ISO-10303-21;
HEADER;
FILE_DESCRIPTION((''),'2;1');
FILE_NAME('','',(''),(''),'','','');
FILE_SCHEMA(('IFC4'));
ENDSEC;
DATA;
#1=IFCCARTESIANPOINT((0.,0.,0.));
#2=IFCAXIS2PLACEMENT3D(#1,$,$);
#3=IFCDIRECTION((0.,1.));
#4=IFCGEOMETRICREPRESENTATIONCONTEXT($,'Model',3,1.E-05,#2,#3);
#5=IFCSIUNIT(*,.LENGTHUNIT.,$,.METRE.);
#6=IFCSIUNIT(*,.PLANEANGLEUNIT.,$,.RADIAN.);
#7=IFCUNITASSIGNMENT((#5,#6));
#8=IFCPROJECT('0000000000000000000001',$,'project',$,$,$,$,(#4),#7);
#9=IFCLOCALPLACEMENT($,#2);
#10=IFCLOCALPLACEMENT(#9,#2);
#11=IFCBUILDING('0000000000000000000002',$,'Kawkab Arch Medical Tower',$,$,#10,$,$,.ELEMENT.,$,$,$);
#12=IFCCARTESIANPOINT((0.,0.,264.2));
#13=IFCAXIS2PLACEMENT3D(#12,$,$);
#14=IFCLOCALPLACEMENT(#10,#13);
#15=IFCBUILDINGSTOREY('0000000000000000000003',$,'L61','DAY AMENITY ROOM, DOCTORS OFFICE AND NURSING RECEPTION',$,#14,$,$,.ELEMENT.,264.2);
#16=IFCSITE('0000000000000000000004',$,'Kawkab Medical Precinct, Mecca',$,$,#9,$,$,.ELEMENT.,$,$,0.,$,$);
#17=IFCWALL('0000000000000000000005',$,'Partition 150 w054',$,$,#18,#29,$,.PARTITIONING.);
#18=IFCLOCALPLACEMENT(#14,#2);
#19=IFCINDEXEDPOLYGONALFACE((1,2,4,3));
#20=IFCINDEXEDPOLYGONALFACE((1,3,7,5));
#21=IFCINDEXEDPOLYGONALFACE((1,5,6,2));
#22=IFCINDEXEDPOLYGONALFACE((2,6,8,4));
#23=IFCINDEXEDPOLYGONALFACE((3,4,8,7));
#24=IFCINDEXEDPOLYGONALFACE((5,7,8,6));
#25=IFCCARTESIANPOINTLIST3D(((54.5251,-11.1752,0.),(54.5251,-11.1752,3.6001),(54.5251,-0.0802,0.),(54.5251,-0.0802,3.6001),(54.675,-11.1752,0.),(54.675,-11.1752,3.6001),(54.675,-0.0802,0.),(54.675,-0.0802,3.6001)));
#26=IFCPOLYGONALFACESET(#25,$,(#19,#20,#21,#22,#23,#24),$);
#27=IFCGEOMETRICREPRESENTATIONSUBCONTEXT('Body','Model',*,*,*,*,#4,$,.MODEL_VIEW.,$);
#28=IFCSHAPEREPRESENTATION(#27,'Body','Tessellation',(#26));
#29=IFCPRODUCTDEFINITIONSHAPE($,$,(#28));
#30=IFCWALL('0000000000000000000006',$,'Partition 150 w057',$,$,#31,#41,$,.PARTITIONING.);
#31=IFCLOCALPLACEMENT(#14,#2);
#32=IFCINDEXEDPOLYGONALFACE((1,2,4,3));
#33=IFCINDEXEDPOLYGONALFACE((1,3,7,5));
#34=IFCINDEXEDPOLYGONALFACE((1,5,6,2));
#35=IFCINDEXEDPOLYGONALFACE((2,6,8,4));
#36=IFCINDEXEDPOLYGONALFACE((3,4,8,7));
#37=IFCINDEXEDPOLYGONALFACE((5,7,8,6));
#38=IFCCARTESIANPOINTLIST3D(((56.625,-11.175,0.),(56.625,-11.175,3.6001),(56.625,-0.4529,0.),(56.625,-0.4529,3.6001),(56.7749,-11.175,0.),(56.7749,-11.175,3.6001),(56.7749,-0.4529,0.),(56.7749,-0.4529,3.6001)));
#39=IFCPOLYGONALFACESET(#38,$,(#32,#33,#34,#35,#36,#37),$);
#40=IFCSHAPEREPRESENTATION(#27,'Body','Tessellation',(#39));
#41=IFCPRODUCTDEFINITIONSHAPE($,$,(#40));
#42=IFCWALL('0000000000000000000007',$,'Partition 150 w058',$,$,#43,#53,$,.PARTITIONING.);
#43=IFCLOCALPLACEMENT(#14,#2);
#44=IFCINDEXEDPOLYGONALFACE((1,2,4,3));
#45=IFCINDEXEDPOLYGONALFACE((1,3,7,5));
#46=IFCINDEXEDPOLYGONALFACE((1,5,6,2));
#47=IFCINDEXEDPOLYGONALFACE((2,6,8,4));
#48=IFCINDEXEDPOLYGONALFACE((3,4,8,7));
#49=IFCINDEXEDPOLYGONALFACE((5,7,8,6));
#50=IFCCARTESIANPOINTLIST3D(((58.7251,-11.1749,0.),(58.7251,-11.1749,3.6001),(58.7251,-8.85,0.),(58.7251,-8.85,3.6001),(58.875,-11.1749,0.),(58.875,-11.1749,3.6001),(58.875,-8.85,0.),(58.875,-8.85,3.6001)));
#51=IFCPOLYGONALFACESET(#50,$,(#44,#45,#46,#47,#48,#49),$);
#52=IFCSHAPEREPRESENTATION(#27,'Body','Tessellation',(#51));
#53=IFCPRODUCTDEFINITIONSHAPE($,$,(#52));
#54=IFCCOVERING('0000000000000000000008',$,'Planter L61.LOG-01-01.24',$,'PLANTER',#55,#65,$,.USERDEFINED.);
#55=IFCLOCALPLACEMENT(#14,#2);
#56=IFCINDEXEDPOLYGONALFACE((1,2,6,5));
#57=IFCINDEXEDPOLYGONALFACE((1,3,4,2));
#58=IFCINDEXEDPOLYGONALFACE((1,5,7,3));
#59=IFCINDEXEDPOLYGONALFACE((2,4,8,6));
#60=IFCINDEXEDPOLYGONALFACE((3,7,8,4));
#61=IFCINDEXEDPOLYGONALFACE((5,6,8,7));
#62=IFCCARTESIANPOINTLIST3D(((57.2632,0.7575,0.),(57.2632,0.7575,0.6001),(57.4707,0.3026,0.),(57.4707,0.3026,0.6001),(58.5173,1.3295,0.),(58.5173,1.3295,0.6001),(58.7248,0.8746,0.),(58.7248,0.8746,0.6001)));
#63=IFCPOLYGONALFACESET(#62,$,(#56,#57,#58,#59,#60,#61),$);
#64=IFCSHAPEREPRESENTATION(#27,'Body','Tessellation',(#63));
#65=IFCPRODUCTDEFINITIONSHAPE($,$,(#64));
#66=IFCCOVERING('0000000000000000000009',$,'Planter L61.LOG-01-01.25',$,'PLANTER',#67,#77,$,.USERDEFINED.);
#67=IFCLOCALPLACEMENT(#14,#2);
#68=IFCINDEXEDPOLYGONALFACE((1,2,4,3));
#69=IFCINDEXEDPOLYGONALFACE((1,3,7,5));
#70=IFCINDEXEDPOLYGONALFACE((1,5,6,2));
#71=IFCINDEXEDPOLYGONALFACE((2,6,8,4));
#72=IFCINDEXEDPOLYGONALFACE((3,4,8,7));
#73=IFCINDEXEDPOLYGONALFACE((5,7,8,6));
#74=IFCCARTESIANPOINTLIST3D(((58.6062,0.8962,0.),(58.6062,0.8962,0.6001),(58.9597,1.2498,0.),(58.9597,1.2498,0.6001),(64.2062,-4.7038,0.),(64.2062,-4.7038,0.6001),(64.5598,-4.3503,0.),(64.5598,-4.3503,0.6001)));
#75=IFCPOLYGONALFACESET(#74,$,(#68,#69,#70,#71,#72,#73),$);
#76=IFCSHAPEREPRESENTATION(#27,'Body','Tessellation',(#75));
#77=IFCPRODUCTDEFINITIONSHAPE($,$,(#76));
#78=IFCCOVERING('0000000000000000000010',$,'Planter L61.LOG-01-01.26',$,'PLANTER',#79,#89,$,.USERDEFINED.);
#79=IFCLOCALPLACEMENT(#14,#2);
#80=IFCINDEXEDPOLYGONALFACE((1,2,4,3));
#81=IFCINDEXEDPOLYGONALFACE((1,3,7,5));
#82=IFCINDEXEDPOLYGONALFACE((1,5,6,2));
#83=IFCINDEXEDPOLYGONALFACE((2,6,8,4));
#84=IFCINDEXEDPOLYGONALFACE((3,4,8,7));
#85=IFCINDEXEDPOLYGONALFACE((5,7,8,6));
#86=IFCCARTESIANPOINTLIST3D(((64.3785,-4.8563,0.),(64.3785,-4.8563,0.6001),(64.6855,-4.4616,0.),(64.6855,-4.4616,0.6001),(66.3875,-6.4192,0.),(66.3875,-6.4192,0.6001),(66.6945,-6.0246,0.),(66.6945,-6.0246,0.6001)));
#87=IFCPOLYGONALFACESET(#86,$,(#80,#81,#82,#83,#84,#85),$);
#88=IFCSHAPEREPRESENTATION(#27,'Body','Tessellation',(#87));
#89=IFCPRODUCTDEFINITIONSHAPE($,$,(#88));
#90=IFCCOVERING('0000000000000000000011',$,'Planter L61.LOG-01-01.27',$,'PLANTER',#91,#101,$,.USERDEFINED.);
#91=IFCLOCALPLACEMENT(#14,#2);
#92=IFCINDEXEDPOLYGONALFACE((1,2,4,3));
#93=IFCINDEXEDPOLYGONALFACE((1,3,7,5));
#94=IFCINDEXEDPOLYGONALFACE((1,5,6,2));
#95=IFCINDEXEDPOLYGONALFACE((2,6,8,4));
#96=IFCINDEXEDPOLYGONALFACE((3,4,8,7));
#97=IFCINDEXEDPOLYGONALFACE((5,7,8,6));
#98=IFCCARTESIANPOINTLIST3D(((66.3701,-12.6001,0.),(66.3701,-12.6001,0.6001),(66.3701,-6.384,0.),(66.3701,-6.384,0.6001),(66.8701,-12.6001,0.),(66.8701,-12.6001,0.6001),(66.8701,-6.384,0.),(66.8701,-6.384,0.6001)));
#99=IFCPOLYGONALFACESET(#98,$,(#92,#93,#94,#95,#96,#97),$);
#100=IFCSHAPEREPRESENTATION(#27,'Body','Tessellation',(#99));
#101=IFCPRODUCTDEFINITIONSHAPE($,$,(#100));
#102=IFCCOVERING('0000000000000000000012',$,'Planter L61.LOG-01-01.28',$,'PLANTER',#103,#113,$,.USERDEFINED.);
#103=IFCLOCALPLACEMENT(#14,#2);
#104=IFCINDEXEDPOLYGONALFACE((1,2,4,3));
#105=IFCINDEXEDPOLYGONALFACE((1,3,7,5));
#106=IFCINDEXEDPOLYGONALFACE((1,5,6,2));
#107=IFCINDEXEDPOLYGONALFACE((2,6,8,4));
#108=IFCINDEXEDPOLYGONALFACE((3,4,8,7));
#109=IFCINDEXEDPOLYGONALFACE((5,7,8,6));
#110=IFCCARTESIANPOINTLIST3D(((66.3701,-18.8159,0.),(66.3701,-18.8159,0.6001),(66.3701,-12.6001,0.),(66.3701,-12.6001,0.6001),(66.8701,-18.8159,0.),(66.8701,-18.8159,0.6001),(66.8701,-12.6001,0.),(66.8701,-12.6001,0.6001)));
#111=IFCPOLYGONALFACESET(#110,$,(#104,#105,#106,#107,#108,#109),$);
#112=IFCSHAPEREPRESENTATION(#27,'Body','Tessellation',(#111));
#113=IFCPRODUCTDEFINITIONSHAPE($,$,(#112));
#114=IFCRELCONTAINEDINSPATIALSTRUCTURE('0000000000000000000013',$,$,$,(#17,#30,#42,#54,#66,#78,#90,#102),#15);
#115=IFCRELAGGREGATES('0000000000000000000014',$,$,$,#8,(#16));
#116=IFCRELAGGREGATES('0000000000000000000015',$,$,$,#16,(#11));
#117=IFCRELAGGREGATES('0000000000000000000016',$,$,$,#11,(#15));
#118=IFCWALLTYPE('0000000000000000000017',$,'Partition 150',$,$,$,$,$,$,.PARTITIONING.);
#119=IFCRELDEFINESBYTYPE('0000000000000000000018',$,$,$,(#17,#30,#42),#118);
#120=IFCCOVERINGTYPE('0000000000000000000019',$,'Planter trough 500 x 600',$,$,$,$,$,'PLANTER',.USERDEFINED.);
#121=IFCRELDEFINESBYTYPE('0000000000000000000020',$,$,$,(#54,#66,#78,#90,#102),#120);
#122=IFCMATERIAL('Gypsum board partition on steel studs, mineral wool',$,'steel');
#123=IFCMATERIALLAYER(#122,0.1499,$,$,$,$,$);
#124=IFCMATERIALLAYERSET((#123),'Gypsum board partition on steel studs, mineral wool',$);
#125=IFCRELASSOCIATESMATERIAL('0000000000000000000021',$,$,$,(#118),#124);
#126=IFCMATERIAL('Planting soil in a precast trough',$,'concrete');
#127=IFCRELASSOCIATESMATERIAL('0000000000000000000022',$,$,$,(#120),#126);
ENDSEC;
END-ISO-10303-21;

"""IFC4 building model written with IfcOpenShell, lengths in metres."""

from ifc_helpers import new_model, si_unit, direction, frame, frame_2d, origin, origin_2d, place, context, subcontext, project, spatial, rectangle, extrude, material, layer, layer_set, material_profile, profile_set, type_object, element, save


model = new_model("IFC4")

# Units and contexts
model_context = context("Model", 3, precision=1e-05, world=origin(), true_north=direction((0.0, 1.0)))
body_context = subcontext(model_context, "Body", "Model", "MODEL_VIEW")
ifc_project = project(units=[si_unit("LENGTHUNIT", "METRE"), si_unit("PLANEANGLEUNIT", "RADIAN")], contexts=[model_context])

# Site, building, storey
site_placement = place(None, origin())
site = spatial("IfcSite", under=ifc_project, at=site_placement, Name="Kawkab Medical Precinct, Mecca", CompositionType="ELEMENT", RefElevation=0.0)
building_placement = place(site_placement, origin())
building = spatial("IfcBuilding", under=site, at=building_placement, Name="Kawkab Arch Medical Tower", CompositionType="ELEMENT")
storey_placement = place(building_placement, frame((0.0, 0.0, 264.2)))
storey = spatial("IfcBuildingStorey", under=building, at=storey_placement, Name="L61", Description="DAY AMENITY ROOM, DOCTORS OFFICE AND NURSING RECEPTION", CompositionType="ELEMENT", Elevation=264.2)

# Walls
ifc_material_1 = material(Name="Gypsum board partition on steel studs, mineral wool", Category="steel")
ifc_layer_1 = layer(ifc_material_1, 0.1499)
ifc_layer_set_1 = layer_set([ifc_layer_1], Name="Gypsum board partition on steel studs, mineral wool")
wall_type = type_object("IfcWallType", Name="Partition 150", PredefinedType="PARTITIONING", material=ifc_layer_set_1)
wall_1_placement = place(storey_placement, frame((54.6001, -11.175, 0.0), z_axis=(0.0, 0.0, 1.0), x_axis=(0.0, 1.0, 0.0)))
element("IfcWall", 1, at=wall_1_placement, inside=storey, type_object=wall_type, Name="Partition 150 w054", PredefinedType="PARTITIONING", context=body_context, shape_type="SweptSolid", body=[
    extrude(rectangle(XDim=11.095, YDim=0.1499, at=frame_2d((5.5474, 0.0))), origin(), (0.0, 0.0, 1.0), 3.6001),
])
wall_2_placement = place(storey_placement, frame((56.7, -11.175, 0.0), z_axis=(0.0, 0.0, 1.0), x_axis=(0.0, 1.0, 0.0)))
element("IfcWall", 2, at=wall_2_placement, inside=storey, type_object=wall_type, Name="Partition 150 w057", PredefinedType="PARTITIONING", context=body_context, shape_type="SweptSolid", body=[
    extrude(rectangle(XDim=10.7222, YDim=0.1499, at=frame_2d((5.3611, 0.0))), origin(), (0.0, 0.0, 1.0), 3.6001),
])
wall_3_placement = place(storey_placement, frame((58.8, -11.175, 0.0), z_axis=(0.0, 0.0, 1.0), x_axis=(0.0, 1.0, 0.0)))
element("IfcWall", 3, at=wall_3_placement, inside=storey, type_object=wall_type, Name="Partition 150 w058", PredefinedType="PARTITIONING", context=body_context, shape_type="SweptSolid", body=[
    extrude(rectangle(XDim=2.325, YDim=0.1499, at=frame_2d((1.1626, 0.0))), origin(), (0.0, 0.0, 1.0), 3.6001),
])

# Coverings
ifc_material_2 = material(Name="Planting soil in a precast trough", Category="concrete")
ifc_material_profile_1 = material_profile(ifc_material_2, rectangle(XDim=0.5, YDim=0.6001, at=origin_2d()), Name="Trough 500x600")
ifc_profile_set_1 = profile_set([ifc_material_profile_1], Name="Planting soil in a precast trough")
covering_type = type_object("IfcCoveringType", Name="Planter trough 500 x 600", ElementType="PLANTER", PredefinedType="USERDEFINED", material=ifc_profile_set_1)
covering_1_placement = place(storey_placement, frame((57.3669, 0.53, 0.3), z_axis=(0.909832, 0.414977, 0.0), x_axis=(-0.414977, 0.909832, 0.0)))
element("IfcCovering", 4, at=covering_1_placement, inside=storey, type_object=covering_type, Name="Planter L61.LOG-01-01.24", ObjectType="PLANTER", PredefinedType="USERDEFINED", context=body_context, shape_type="SweptSolid", body=[
    extrude(rectangle(XDim=0.5, YDim=0.6001, at=origin_2d()), origin(), (0.0, 0.0, 1.0), 1.3784),
])
covering_2_placement = place(storey_placement, frame((58.783, 1.073, 0.3), z_axis=(0.707107, -0.707107, 0.0), x_axis=(0.707107, 0.707107, 0.0)))
element("IfcCovering", 5, at=covering_2_placement, inside=storey, type_object=covering_type, Name="Planter L61.LOG-01-01.25", ObjectType="PLANTER", PredefinedType="USERDEFINED", context=body_context, shape_type="SweptSolid", body=[
    extrude(rectangle(XDim=0.5, YDim=0.6001, at=origin_2d()), origin(), (0.0, 0.0, 1.0), 7.9197),
])
covering_3_placement = place(storey_placement, frame((64.532, -4.6589, 0.3), z_axis=(0.789275, -0.61404, 0.0), x_axis=(0.61404, 0.789275, 0.0)))
element("IfcCovering", 6, at=covering_3_placement, inside=storey, type_object=covering_type, Name="Planter L61.LOG-01-01.26", ObjectType="PLANTER", PredefinedType="USERDEFINED", context=body_context, shape_type="SweptSolid", body=[
    extrude(rectangle(XDim=0.5, YDim=0.6001, at=origin_2d()), origin(), (0.0, 0.0, 1.0), 2.5454),
])
covering_4_placement = place(storey_placement, frame((66.6201, -6.384, 0.3), z_axis=(0.0, -1.0, 0.0), x_axis=(1.0, 0.0, 0.0)))
element("IfcCovering", 7, at=covering_4_placement, inside=storey, type_object=covering_type, Name="Planter L61.LOG-01-01.27", ObjectType="PLANTER", PredefinedType="USERDEFINED", context=body_context, shape_type="SweptSolid", body=[
    extrude(rectangle(XDim=0.5, YDim=0.6001, at=origin_2d()), origin(), (0.0, 0.0, 1.0), 6.2161),
])
covering_5_placement = place(storey_placement, frame((66.6201, -12.6001, 0.3), z_axis=(0.0, -1.0, 0.0), x_axis=(1.0, 0.0, 0.0)))
element("IfcCovering", 8, at=covering_5_placement, inside=storey, type_object=covering_type, Name="Planter L61.LOG-01-01.28", ObjectType="PLANTER", PredefinedType="USERDEFINED", context=body_context, shape_type="SweptSolid", body=[
    extrude(rectangle(XDim=0.5, YDim=0.6001, at=origin_2d()), origin(), (0.0, 0.0, 1.0), 6.2158),
])

save(model, "model.ifc")
